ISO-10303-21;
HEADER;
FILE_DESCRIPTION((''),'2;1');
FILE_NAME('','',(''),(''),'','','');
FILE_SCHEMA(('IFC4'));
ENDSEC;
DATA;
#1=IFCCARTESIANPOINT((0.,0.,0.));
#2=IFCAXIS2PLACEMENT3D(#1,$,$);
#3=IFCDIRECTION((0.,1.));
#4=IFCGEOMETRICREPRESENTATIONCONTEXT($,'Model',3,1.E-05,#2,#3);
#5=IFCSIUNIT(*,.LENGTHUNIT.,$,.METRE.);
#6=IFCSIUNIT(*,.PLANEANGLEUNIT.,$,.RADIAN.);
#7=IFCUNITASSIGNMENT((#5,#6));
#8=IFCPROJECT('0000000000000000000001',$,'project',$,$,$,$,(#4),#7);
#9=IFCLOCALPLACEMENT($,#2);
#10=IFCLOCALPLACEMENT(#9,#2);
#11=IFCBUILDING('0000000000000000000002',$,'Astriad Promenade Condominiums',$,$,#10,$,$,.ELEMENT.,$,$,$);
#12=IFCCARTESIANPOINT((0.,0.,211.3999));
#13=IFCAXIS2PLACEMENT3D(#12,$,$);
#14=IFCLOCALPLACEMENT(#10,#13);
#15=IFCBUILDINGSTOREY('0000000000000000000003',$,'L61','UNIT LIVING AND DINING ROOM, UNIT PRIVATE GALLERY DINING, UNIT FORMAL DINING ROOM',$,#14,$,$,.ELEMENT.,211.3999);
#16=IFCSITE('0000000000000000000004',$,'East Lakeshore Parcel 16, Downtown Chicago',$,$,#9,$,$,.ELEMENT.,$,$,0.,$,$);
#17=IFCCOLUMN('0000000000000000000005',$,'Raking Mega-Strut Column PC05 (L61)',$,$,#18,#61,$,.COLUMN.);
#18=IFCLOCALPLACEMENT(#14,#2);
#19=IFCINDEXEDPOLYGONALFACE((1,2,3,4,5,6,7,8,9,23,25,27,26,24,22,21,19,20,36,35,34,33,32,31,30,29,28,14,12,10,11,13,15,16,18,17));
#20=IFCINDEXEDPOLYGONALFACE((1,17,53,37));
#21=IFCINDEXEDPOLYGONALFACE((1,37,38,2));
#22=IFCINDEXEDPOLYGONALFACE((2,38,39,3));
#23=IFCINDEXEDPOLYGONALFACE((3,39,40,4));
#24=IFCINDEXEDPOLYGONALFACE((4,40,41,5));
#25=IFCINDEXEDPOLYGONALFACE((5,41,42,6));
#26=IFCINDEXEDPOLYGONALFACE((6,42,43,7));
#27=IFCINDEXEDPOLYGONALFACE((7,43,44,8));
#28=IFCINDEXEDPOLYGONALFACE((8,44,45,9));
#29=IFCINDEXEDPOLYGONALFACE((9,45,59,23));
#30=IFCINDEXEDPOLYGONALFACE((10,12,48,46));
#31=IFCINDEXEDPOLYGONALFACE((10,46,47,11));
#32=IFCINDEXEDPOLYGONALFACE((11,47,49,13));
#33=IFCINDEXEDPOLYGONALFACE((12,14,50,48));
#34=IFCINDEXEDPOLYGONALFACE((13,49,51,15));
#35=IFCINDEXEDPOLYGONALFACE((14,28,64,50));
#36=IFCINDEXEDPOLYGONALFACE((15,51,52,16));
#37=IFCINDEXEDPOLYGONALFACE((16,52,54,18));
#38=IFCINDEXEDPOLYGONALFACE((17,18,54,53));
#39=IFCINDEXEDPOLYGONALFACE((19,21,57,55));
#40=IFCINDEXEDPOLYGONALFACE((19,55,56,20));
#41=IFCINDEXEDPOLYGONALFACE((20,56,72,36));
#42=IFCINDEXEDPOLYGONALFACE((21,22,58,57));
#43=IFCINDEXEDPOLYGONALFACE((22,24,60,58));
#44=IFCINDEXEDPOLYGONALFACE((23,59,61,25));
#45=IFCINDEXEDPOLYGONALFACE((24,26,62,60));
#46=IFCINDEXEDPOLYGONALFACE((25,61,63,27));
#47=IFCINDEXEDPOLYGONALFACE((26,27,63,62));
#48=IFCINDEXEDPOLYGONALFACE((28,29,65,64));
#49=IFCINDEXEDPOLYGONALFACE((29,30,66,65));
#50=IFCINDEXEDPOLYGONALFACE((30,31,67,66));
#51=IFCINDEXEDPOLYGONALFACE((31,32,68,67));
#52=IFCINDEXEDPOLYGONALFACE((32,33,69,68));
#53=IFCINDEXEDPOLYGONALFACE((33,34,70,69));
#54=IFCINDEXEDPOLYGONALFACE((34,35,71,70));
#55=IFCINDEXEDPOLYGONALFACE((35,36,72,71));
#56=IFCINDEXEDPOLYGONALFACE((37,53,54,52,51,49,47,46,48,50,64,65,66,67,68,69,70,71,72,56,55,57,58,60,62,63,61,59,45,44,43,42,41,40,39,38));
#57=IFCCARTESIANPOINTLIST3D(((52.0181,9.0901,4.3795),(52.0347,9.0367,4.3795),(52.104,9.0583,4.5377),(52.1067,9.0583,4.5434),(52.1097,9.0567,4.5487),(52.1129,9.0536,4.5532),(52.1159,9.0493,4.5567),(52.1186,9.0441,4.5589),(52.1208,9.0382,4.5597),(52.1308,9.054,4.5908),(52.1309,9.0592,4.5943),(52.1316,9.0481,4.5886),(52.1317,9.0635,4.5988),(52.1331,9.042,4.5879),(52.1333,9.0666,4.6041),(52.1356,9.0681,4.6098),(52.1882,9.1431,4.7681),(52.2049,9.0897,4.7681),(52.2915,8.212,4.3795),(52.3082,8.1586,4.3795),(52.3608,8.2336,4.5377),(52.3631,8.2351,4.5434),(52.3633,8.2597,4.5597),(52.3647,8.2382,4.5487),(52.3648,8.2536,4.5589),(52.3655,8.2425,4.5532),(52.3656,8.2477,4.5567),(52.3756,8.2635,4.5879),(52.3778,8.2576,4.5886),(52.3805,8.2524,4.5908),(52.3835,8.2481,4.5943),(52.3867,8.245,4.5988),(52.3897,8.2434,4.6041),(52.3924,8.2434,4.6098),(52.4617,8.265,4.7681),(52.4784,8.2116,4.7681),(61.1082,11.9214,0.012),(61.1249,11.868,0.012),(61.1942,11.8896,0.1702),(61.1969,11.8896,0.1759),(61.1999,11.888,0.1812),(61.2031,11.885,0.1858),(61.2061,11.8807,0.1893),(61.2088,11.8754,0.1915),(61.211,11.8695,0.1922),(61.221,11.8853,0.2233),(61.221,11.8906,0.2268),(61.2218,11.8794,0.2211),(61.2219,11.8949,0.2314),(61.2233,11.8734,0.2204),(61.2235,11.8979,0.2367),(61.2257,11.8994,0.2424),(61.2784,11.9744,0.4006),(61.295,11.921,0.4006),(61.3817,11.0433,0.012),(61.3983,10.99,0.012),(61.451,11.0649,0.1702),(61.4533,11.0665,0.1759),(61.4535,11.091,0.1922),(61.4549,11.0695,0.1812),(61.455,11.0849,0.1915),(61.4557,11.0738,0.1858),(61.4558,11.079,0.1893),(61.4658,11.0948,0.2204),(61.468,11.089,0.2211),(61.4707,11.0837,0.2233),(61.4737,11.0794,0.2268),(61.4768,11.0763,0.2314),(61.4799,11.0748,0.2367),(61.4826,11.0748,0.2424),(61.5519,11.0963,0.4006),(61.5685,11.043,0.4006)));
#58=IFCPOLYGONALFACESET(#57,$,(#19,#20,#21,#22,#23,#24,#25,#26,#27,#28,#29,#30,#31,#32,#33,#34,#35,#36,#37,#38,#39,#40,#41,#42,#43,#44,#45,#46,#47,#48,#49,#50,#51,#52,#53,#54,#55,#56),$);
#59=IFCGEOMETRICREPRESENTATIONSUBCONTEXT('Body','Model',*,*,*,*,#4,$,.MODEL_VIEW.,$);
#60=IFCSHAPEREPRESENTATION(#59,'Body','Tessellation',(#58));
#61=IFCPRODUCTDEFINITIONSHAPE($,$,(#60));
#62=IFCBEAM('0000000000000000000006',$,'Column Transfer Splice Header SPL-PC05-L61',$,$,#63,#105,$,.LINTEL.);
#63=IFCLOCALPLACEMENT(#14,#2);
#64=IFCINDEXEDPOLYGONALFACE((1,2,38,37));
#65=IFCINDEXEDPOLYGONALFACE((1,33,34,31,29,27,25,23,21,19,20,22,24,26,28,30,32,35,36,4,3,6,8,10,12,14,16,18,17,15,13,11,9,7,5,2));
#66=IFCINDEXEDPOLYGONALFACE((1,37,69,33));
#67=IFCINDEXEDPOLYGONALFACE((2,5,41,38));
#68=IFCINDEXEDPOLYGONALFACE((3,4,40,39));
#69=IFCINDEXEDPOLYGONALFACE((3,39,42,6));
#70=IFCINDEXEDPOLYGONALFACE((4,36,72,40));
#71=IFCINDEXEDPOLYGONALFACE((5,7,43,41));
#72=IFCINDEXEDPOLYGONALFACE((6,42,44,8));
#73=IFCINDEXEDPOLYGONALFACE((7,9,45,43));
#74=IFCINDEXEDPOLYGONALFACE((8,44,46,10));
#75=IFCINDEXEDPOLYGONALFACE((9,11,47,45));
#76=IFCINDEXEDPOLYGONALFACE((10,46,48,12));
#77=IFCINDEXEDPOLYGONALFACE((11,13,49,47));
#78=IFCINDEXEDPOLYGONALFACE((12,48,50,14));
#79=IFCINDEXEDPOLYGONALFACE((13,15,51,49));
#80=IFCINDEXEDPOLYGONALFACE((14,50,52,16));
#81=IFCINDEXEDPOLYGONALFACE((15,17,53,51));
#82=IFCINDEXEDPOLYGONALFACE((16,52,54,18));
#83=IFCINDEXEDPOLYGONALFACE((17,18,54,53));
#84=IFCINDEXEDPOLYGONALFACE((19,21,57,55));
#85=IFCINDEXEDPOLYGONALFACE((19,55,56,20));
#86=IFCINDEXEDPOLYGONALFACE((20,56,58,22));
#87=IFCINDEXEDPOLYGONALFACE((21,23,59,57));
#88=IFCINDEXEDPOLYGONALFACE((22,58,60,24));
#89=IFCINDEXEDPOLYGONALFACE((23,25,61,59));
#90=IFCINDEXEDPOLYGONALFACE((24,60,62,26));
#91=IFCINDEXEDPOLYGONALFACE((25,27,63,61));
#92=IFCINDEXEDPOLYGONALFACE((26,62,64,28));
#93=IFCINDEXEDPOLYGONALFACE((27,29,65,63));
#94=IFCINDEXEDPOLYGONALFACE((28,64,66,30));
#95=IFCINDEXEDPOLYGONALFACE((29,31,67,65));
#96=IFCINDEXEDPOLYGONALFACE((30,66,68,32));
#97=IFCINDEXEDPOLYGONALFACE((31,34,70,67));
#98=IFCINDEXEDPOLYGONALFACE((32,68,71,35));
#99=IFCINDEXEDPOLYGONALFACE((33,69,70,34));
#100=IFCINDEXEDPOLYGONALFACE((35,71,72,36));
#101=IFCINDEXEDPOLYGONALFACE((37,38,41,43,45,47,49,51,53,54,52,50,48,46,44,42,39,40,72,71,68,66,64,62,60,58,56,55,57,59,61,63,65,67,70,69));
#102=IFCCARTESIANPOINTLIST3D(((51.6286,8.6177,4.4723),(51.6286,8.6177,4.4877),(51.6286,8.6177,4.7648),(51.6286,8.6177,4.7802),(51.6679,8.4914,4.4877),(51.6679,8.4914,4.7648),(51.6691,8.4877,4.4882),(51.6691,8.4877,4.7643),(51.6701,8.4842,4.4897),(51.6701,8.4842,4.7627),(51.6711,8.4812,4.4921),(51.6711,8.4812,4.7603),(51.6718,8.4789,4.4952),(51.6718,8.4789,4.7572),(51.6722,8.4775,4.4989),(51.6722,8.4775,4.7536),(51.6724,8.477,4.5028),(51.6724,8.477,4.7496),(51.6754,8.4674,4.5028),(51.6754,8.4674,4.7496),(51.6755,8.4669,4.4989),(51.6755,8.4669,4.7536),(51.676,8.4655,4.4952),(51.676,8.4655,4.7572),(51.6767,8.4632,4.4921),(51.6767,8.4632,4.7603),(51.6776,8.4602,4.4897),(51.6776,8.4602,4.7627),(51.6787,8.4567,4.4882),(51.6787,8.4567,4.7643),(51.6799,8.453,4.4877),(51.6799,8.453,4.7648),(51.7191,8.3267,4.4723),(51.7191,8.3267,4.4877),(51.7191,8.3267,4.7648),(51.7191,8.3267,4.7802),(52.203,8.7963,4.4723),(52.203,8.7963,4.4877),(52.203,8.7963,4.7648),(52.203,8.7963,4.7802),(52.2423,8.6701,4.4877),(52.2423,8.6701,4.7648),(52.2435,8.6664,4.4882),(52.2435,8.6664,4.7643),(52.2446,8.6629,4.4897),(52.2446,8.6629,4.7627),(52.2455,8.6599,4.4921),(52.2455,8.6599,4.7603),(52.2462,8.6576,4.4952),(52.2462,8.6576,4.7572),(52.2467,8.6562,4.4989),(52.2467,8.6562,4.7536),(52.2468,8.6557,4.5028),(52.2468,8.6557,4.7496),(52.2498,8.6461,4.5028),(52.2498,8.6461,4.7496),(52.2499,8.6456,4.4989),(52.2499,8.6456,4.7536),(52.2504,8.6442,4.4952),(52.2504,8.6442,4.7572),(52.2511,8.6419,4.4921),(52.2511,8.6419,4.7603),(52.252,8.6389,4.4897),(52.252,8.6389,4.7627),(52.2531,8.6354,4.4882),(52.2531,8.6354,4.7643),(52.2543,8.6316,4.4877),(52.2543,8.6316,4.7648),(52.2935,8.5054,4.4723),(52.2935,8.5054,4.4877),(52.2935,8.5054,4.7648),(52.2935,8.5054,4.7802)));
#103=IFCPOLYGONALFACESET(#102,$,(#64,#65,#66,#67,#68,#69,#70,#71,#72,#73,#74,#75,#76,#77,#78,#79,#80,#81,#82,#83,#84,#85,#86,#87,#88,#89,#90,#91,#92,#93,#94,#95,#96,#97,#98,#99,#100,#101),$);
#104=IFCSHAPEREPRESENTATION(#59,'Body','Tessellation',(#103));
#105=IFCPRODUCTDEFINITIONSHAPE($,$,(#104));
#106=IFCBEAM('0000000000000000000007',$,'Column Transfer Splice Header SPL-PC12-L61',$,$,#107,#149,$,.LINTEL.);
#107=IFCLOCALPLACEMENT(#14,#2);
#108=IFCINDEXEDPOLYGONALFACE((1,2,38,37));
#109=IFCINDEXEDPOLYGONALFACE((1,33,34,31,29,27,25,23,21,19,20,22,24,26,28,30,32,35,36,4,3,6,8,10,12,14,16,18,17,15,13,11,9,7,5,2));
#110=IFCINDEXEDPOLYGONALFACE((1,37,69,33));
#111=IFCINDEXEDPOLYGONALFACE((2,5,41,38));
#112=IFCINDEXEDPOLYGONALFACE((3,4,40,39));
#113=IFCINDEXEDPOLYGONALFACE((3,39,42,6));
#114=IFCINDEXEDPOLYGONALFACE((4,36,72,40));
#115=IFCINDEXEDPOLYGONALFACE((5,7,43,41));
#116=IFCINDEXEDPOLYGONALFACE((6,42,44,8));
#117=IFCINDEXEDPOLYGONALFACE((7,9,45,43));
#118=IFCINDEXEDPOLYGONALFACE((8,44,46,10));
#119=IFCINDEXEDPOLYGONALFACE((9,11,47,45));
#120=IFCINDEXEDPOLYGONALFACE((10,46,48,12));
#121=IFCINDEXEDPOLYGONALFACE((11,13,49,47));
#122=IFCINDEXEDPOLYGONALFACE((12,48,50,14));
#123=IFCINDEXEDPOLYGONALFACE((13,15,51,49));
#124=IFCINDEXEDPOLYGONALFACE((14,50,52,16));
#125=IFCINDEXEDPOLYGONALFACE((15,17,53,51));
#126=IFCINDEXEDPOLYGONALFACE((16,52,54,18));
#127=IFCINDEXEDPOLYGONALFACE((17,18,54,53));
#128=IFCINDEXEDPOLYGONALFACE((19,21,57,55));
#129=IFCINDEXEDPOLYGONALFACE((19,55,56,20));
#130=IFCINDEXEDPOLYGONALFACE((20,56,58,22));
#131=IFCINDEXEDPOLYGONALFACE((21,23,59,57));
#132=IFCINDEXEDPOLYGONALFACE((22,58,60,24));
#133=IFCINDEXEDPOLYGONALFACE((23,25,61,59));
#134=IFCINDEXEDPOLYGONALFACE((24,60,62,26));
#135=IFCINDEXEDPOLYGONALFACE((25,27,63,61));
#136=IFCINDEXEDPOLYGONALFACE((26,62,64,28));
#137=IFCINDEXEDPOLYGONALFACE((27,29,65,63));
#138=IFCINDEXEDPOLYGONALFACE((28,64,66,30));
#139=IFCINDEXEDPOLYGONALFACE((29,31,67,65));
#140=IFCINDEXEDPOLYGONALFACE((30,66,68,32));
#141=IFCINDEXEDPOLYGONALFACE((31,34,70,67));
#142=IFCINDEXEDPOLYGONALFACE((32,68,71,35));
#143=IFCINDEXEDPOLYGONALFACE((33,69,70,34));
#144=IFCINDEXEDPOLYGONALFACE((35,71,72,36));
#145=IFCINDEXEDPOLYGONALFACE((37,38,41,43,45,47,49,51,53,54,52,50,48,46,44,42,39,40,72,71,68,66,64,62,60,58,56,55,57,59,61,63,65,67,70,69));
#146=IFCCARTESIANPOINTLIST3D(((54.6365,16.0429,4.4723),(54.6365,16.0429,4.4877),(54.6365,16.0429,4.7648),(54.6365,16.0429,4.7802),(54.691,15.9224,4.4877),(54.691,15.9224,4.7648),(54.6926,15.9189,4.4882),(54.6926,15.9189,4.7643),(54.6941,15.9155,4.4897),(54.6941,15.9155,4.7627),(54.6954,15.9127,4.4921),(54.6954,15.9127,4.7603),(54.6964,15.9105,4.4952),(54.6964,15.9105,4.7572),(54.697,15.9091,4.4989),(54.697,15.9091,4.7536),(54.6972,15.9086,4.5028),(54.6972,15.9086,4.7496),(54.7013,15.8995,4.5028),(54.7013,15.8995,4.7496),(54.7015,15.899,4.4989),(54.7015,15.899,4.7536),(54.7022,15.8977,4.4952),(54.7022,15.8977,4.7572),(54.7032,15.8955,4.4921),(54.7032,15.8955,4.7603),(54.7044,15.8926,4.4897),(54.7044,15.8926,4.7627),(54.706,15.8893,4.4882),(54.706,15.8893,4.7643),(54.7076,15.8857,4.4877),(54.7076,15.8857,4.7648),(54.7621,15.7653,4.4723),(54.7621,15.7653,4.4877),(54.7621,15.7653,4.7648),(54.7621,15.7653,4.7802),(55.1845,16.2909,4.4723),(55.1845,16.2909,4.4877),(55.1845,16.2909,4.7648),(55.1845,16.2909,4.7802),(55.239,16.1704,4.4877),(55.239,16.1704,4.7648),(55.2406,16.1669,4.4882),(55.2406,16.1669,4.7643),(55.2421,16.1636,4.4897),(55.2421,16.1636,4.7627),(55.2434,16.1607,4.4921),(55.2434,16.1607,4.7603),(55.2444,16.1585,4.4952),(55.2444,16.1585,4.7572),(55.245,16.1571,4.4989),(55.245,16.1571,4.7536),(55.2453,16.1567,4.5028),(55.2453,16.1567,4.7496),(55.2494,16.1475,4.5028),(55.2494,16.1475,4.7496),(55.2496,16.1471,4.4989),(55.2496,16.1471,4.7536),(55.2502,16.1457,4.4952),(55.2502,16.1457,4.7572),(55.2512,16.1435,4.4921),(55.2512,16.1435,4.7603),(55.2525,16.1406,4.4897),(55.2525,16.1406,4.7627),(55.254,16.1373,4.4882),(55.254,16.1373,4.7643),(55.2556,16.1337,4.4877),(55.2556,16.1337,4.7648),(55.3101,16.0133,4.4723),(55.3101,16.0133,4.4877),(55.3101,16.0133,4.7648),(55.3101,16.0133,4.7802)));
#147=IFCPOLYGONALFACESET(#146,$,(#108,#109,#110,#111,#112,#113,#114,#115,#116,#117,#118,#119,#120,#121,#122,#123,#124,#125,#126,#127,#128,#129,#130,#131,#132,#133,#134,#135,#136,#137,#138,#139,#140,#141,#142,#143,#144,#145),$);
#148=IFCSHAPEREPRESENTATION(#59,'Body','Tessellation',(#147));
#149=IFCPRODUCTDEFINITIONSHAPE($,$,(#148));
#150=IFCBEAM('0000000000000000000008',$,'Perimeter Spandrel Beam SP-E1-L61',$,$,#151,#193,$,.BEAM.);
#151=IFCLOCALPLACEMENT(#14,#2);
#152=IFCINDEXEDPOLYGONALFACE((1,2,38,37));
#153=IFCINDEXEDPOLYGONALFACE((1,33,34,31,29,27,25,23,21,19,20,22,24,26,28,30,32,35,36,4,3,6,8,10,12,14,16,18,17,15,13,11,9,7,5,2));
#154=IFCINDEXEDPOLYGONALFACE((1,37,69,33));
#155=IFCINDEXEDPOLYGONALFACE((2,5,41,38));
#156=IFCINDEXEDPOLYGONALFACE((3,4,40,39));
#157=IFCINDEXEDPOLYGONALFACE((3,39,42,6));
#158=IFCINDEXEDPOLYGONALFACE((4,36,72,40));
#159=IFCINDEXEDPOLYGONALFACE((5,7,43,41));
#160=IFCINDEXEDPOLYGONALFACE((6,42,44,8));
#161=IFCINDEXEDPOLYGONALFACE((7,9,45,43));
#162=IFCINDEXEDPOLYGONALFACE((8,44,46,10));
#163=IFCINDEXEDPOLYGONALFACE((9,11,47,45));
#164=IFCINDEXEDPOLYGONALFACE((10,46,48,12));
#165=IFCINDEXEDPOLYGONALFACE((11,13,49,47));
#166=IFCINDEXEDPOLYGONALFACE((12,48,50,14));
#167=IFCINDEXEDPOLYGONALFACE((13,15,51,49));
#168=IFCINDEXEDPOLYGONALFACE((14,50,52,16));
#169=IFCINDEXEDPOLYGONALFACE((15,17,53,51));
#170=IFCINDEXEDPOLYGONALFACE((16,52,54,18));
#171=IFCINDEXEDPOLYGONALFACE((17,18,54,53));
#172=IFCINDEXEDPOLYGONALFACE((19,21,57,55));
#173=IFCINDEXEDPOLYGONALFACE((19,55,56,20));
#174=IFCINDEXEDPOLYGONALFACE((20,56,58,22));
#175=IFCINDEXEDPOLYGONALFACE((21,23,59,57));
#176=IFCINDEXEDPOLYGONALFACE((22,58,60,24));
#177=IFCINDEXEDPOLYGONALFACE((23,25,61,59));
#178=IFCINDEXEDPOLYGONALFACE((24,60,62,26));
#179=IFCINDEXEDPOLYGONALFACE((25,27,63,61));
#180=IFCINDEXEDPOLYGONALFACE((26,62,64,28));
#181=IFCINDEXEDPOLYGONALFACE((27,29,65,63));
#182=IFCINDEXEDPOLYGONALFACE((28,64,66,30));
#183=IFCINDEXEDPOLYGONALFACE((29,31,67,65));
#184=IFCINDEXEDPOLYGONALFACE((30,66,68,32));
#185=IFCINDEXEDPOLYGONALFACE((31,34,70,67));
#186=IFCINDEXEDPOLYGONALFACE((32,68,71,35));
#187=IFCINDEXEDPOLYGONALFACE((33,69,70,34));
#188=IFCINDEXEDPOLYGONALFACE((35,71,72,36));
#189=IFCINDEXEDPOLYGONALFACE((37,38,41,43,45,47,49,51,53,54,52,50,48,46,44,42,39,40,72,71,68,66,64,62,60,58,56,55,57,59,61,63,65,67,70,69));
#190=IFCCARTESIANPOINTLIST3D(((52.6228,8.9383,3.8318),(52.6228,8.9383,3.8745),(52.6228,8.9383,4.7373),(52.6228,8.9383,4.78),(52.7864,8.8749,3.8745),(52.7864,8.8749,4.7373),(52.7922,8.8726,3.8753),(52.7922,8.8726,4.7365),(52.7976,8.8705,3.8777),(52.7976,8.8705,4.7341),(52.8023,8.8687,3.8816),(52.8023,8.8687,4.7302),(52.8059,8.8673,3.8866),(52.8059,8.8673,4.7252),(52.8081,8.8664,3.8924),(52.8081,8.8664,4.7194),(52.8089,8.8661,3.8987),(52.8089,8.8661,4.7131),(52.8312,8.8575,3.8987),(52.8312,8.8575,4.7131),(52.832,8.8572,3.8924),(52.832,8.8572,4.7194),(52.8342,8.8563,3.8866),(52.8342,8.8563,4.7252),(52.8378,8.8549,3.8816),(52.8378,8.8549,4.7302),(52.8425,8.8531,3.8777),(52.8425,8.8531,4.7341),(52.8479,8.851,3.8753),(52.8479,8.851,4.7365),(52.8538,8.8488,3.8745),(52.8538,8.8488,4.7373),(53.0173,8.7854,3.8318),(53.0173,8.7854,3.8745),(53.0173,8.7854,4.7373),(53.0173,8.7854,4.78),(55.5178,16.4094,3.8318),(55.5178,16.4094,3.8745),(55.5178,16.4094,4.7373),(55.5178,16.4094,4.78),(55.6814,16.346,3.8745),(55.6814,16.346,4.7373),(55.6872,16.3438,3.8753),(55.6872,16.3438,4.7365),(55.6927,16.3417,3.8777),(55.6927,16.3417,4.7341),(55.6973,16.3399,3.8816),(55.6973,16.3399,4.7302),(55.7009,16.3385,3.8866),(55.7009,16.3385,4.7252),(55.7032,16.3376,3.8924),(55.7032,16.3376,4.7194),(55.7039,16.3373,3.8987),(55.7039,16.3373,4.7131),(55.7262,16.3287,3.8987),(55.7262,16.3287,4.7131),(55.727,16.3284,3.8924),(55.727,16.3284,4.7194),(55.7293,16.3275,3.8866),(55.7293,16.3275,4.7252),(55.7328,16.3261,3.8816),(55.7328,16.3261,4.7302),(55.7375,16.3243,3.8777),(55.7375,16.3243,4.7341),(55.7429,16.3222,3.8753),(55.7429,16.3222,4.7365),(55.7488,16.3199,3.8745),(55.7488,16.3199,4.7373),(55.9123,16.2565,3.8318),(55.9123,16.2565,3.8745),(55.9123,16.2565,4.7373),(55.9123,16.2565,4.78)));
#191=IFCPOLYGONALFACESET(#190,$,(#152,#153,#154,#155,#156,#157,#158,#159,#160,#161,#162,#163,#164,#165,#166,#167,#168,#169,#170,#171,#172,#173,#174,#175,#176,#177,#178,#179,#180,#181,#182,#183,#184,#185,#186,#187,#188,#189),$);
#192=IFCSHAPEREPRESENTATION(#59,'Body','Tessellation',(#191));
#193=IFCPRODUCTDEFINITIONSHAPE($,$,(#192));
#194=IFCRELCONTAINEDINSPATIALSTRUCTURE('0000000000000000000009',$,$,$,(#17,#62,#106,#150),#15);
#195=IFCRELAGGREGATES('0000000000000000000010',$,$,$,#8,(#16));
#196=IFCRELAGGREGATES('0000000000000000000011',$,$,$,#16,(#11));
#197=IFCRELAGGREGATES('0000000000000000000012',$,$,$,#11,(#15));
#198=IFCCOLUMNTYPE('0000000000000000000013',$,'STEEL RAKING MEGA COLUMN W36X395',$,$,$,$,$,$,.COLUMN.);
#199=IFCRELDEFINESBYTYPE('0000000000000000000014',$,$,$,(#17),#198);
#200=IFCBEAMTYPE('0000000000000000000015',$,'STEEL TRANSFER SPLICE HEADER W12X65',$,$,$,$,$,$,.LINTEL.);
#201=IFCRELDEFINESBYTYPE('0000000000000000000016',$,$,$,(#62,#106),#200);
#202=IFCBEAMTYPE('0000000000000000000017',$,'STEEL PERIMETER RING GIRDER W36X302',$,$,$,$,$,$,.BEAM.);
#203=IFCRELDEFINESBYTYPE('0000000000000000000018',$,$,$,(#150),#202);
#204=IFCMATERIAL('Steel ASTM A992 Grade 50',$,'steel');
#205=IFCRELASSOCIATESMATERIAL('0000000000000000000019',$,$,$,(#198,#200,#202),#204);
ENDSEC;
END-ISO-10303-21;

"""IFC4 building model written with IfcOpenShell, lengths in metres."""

from ifc_helpers import new_model, si_unit, direction, frame, origin, origin_2d, place, context, subcontext, project, spatial, i_section, extrude, source, transform, mapped, material, material_profile, profile_set, type_object, type_shapes, element, save


model = new_model("IFC4")

# Units and contexts
model_context = context("Model", 3, precision=1e-05, world=origin(), true_north=direction((0.0, 1.0)))
body_context = subcontext(model_context, "Body", "Model", "MODEL_VIEW")
ifc_project = project(units=[si_unit("LENGTHUNIT", "METRE"), si_unit("PLANEANGLEUNIT", "RADIAN")], contexts=[model_context])

# Site, building, storey
site_placement = place(None, origin())
site = spatial("IfcSite", under=ifc_project, at=site_placement, Name="East Lakeshore Parcel 16, Downtown Chicago", CompositionType="ELEMENT", RefElevation=0.0)
building_placement = place(site_placement, origin())
building = spatial("IfcBuilding", under=site, at=building_placement, Name="Astriad Promenade Condominiums", CompositionType="ELEMENT")
storey_placement = place(building_placement, frame((0.0, 0.0, 211.3999)))
storey = spatial("IfcBuildingStorey", under=building, at=storey_placement, Name="L61", Description="UNIT LIVING AND DINING ROOM, UNIT PRIVATE GALLERY DINING, UNIT FORMAL DINING ROOM", CompositionType="ELEMENT", Elevation=211.3999)

# Column
ifc_material_1 = material(Name="Steel ASTM A992 Grade 50", Category="steel")
ifc_material_profile_1 = material_profile(ifc_material_1, i_section(OverallWidth=0.4275, OverallDepth=0.9756, WebThickness=0.031, FlangeThickness=0.0559, FilletRadius=0.0242, at=origin_2d()), Name="W36X395")
ifc_profile_set_1 = profile_set([ifc_material_profile_1], Name="Steel ASTM A992 Grade 50")
column_type = type_object("IfcColumnType", Name="STEEL RAKING MEGA COLUMN W36X395", PredefinedType="COLUMN", material=ifc_profile_set_1)
shared_shape_1 = source(origin(), body_context, "Body", "SweptSolid", [
    extrude(i_section(OverallWidth=0.4275, OverallDepth=0.9756, WebThickness=0.031, FlangeThickness=0.0559, FilletRadius=0.0242, at=origin_2d()), origin(), (0.0, 0.0, 1.0), 10.4749),
])
type_shapes(column_type, [shared_shape_1])
column_placement = place(storey_placement, frame((61.3384, 11.4822, 0.2063), z_axis=(-0.867809, -0.270297, 0.416948), x_axis=(0.398085, 0.123992, 0.90893)))
element("IfcColumn", 1, at=column_placement, inside=storey, type_object=column_type, Name="Raking Mega-Strut Column PC05 (L61)", PredefinedType="COLUMN", context=body_context, shape_type="MappedRepresentation", body=[
    mapped(shared_shape_1, transform((0.0, 0.0, 0.0), scale=1.0)),
])

# Beams
ifc_material_profile_2 = material_profile(ifc_material_1, i_section(OverallWidth=0.3047, OverallDepth=0.3079, WebThickness=0.01, FlangeThickness=0.0154, FilletRadius=0.0151, at=origin_2d()), Name="W12X65")
ifc_profile_set_2 = profile_set([ifc_material_profile_2], Name="Steel ASTM A992 Grade 50")
beam_type_1 = type_object("IfcBeamType", Name="STEEL TRANSFER SPLICE HEADER W12X65", PredefinedType="LINTEL", material=ifc_profile_set_2)
shared_shape_2 = source(origin(), body_context, "Body", "SweptSolid", [
    extrude(i_section(OverallWidth=0.3047, OverallDepth=0.3079, WebThickness=0.01, FlangeThickness=0.0154, FilletRadius=0.0151, at=origin_2d()), origin(), (0.0, 0.0, 1.0), 0.6016),
])
type_shapes(beam_type_1, [shared_shape_2])
for number, where, z_axis, x_axis, name in (
    (2, (52.2483, 8.6509, 4.6262), (-0.954862, -0.29705, 0.0), (0.29705, -0.954862, 0.0), "Column Transfer Splice Header SPL-PC05-L61"),
    (3, (55.2473, 16.1521, 4.6262), (-0.911046, -0.412304, 0.0), (0.412304, -0.911046, 0.0), "Column Transfer Splice Header SPL-PC12-L61"),
):
    element("IfcBeam", number, at=place(storey_placement, frame(where, z_axis=z_axis, x_axis=x_axis)), inside=storey, type_object=beam_type_1, Name=name, PredefinedType="LINTEL", context=body_context, shape_type="MappedRepresentation", body=[
        mapped(shared_shape_2, transform((0.0, 0.0, 0.0), scale=1.0)),
    ])
ifc_material_profile_3 = material_profile(ifc_material_1, i_section(OverallWidth=0.4231, OverallDepth=0.9482, WebThickness=0.0239, FlangeThickness=0.0427, FilletRadius=0.0242, at=origin_2d()), Name="W36X302")
ifc_profile_set_3 = profile_set([ifc_material_profile_3], Name="Steel ASTM A992 Grade 50")
beam_type_2 = type_object("IfcBeamType", Name="STEEL PERIMETER RING GIRDER W36X302", PredefinedType="BEAM", material=ifc_profile_set_3)
shared_shape_3 = source(origin(), body_context, "Body", "SweptSolid", [
    extrude(i_section(OverallWidth=0.4231, OverallDepth=0.9482, WebThickness=0.0239, FlangeThickness=0.0427, FilletRadius=0.0242, at=origin_2d()), origin(), (0.0, 0.0, 1.0), 8.0125),
])
beam_1_placement = place(storey_placement, frame((52.8201, 8.8618, 4.3059), z_axis=(0.361314, 0.932444, 0.0), x_axis=(-0.932444, 0.361314, 0.0)))
element("IfcBeam", 4, at=beam_1_placement, inside=storey, type_object=beam_type_2, Name="Perimeter Spandrel Beam SP-E1-L61", PredefinedType="BEAM", context=body_context, shape_type="MappedRepresentation", body=[
    mapped(shared_shape_3, transform((0.0, 0.0, 0.0), scale=1.0)),
])

save(model, "model.ifc")
